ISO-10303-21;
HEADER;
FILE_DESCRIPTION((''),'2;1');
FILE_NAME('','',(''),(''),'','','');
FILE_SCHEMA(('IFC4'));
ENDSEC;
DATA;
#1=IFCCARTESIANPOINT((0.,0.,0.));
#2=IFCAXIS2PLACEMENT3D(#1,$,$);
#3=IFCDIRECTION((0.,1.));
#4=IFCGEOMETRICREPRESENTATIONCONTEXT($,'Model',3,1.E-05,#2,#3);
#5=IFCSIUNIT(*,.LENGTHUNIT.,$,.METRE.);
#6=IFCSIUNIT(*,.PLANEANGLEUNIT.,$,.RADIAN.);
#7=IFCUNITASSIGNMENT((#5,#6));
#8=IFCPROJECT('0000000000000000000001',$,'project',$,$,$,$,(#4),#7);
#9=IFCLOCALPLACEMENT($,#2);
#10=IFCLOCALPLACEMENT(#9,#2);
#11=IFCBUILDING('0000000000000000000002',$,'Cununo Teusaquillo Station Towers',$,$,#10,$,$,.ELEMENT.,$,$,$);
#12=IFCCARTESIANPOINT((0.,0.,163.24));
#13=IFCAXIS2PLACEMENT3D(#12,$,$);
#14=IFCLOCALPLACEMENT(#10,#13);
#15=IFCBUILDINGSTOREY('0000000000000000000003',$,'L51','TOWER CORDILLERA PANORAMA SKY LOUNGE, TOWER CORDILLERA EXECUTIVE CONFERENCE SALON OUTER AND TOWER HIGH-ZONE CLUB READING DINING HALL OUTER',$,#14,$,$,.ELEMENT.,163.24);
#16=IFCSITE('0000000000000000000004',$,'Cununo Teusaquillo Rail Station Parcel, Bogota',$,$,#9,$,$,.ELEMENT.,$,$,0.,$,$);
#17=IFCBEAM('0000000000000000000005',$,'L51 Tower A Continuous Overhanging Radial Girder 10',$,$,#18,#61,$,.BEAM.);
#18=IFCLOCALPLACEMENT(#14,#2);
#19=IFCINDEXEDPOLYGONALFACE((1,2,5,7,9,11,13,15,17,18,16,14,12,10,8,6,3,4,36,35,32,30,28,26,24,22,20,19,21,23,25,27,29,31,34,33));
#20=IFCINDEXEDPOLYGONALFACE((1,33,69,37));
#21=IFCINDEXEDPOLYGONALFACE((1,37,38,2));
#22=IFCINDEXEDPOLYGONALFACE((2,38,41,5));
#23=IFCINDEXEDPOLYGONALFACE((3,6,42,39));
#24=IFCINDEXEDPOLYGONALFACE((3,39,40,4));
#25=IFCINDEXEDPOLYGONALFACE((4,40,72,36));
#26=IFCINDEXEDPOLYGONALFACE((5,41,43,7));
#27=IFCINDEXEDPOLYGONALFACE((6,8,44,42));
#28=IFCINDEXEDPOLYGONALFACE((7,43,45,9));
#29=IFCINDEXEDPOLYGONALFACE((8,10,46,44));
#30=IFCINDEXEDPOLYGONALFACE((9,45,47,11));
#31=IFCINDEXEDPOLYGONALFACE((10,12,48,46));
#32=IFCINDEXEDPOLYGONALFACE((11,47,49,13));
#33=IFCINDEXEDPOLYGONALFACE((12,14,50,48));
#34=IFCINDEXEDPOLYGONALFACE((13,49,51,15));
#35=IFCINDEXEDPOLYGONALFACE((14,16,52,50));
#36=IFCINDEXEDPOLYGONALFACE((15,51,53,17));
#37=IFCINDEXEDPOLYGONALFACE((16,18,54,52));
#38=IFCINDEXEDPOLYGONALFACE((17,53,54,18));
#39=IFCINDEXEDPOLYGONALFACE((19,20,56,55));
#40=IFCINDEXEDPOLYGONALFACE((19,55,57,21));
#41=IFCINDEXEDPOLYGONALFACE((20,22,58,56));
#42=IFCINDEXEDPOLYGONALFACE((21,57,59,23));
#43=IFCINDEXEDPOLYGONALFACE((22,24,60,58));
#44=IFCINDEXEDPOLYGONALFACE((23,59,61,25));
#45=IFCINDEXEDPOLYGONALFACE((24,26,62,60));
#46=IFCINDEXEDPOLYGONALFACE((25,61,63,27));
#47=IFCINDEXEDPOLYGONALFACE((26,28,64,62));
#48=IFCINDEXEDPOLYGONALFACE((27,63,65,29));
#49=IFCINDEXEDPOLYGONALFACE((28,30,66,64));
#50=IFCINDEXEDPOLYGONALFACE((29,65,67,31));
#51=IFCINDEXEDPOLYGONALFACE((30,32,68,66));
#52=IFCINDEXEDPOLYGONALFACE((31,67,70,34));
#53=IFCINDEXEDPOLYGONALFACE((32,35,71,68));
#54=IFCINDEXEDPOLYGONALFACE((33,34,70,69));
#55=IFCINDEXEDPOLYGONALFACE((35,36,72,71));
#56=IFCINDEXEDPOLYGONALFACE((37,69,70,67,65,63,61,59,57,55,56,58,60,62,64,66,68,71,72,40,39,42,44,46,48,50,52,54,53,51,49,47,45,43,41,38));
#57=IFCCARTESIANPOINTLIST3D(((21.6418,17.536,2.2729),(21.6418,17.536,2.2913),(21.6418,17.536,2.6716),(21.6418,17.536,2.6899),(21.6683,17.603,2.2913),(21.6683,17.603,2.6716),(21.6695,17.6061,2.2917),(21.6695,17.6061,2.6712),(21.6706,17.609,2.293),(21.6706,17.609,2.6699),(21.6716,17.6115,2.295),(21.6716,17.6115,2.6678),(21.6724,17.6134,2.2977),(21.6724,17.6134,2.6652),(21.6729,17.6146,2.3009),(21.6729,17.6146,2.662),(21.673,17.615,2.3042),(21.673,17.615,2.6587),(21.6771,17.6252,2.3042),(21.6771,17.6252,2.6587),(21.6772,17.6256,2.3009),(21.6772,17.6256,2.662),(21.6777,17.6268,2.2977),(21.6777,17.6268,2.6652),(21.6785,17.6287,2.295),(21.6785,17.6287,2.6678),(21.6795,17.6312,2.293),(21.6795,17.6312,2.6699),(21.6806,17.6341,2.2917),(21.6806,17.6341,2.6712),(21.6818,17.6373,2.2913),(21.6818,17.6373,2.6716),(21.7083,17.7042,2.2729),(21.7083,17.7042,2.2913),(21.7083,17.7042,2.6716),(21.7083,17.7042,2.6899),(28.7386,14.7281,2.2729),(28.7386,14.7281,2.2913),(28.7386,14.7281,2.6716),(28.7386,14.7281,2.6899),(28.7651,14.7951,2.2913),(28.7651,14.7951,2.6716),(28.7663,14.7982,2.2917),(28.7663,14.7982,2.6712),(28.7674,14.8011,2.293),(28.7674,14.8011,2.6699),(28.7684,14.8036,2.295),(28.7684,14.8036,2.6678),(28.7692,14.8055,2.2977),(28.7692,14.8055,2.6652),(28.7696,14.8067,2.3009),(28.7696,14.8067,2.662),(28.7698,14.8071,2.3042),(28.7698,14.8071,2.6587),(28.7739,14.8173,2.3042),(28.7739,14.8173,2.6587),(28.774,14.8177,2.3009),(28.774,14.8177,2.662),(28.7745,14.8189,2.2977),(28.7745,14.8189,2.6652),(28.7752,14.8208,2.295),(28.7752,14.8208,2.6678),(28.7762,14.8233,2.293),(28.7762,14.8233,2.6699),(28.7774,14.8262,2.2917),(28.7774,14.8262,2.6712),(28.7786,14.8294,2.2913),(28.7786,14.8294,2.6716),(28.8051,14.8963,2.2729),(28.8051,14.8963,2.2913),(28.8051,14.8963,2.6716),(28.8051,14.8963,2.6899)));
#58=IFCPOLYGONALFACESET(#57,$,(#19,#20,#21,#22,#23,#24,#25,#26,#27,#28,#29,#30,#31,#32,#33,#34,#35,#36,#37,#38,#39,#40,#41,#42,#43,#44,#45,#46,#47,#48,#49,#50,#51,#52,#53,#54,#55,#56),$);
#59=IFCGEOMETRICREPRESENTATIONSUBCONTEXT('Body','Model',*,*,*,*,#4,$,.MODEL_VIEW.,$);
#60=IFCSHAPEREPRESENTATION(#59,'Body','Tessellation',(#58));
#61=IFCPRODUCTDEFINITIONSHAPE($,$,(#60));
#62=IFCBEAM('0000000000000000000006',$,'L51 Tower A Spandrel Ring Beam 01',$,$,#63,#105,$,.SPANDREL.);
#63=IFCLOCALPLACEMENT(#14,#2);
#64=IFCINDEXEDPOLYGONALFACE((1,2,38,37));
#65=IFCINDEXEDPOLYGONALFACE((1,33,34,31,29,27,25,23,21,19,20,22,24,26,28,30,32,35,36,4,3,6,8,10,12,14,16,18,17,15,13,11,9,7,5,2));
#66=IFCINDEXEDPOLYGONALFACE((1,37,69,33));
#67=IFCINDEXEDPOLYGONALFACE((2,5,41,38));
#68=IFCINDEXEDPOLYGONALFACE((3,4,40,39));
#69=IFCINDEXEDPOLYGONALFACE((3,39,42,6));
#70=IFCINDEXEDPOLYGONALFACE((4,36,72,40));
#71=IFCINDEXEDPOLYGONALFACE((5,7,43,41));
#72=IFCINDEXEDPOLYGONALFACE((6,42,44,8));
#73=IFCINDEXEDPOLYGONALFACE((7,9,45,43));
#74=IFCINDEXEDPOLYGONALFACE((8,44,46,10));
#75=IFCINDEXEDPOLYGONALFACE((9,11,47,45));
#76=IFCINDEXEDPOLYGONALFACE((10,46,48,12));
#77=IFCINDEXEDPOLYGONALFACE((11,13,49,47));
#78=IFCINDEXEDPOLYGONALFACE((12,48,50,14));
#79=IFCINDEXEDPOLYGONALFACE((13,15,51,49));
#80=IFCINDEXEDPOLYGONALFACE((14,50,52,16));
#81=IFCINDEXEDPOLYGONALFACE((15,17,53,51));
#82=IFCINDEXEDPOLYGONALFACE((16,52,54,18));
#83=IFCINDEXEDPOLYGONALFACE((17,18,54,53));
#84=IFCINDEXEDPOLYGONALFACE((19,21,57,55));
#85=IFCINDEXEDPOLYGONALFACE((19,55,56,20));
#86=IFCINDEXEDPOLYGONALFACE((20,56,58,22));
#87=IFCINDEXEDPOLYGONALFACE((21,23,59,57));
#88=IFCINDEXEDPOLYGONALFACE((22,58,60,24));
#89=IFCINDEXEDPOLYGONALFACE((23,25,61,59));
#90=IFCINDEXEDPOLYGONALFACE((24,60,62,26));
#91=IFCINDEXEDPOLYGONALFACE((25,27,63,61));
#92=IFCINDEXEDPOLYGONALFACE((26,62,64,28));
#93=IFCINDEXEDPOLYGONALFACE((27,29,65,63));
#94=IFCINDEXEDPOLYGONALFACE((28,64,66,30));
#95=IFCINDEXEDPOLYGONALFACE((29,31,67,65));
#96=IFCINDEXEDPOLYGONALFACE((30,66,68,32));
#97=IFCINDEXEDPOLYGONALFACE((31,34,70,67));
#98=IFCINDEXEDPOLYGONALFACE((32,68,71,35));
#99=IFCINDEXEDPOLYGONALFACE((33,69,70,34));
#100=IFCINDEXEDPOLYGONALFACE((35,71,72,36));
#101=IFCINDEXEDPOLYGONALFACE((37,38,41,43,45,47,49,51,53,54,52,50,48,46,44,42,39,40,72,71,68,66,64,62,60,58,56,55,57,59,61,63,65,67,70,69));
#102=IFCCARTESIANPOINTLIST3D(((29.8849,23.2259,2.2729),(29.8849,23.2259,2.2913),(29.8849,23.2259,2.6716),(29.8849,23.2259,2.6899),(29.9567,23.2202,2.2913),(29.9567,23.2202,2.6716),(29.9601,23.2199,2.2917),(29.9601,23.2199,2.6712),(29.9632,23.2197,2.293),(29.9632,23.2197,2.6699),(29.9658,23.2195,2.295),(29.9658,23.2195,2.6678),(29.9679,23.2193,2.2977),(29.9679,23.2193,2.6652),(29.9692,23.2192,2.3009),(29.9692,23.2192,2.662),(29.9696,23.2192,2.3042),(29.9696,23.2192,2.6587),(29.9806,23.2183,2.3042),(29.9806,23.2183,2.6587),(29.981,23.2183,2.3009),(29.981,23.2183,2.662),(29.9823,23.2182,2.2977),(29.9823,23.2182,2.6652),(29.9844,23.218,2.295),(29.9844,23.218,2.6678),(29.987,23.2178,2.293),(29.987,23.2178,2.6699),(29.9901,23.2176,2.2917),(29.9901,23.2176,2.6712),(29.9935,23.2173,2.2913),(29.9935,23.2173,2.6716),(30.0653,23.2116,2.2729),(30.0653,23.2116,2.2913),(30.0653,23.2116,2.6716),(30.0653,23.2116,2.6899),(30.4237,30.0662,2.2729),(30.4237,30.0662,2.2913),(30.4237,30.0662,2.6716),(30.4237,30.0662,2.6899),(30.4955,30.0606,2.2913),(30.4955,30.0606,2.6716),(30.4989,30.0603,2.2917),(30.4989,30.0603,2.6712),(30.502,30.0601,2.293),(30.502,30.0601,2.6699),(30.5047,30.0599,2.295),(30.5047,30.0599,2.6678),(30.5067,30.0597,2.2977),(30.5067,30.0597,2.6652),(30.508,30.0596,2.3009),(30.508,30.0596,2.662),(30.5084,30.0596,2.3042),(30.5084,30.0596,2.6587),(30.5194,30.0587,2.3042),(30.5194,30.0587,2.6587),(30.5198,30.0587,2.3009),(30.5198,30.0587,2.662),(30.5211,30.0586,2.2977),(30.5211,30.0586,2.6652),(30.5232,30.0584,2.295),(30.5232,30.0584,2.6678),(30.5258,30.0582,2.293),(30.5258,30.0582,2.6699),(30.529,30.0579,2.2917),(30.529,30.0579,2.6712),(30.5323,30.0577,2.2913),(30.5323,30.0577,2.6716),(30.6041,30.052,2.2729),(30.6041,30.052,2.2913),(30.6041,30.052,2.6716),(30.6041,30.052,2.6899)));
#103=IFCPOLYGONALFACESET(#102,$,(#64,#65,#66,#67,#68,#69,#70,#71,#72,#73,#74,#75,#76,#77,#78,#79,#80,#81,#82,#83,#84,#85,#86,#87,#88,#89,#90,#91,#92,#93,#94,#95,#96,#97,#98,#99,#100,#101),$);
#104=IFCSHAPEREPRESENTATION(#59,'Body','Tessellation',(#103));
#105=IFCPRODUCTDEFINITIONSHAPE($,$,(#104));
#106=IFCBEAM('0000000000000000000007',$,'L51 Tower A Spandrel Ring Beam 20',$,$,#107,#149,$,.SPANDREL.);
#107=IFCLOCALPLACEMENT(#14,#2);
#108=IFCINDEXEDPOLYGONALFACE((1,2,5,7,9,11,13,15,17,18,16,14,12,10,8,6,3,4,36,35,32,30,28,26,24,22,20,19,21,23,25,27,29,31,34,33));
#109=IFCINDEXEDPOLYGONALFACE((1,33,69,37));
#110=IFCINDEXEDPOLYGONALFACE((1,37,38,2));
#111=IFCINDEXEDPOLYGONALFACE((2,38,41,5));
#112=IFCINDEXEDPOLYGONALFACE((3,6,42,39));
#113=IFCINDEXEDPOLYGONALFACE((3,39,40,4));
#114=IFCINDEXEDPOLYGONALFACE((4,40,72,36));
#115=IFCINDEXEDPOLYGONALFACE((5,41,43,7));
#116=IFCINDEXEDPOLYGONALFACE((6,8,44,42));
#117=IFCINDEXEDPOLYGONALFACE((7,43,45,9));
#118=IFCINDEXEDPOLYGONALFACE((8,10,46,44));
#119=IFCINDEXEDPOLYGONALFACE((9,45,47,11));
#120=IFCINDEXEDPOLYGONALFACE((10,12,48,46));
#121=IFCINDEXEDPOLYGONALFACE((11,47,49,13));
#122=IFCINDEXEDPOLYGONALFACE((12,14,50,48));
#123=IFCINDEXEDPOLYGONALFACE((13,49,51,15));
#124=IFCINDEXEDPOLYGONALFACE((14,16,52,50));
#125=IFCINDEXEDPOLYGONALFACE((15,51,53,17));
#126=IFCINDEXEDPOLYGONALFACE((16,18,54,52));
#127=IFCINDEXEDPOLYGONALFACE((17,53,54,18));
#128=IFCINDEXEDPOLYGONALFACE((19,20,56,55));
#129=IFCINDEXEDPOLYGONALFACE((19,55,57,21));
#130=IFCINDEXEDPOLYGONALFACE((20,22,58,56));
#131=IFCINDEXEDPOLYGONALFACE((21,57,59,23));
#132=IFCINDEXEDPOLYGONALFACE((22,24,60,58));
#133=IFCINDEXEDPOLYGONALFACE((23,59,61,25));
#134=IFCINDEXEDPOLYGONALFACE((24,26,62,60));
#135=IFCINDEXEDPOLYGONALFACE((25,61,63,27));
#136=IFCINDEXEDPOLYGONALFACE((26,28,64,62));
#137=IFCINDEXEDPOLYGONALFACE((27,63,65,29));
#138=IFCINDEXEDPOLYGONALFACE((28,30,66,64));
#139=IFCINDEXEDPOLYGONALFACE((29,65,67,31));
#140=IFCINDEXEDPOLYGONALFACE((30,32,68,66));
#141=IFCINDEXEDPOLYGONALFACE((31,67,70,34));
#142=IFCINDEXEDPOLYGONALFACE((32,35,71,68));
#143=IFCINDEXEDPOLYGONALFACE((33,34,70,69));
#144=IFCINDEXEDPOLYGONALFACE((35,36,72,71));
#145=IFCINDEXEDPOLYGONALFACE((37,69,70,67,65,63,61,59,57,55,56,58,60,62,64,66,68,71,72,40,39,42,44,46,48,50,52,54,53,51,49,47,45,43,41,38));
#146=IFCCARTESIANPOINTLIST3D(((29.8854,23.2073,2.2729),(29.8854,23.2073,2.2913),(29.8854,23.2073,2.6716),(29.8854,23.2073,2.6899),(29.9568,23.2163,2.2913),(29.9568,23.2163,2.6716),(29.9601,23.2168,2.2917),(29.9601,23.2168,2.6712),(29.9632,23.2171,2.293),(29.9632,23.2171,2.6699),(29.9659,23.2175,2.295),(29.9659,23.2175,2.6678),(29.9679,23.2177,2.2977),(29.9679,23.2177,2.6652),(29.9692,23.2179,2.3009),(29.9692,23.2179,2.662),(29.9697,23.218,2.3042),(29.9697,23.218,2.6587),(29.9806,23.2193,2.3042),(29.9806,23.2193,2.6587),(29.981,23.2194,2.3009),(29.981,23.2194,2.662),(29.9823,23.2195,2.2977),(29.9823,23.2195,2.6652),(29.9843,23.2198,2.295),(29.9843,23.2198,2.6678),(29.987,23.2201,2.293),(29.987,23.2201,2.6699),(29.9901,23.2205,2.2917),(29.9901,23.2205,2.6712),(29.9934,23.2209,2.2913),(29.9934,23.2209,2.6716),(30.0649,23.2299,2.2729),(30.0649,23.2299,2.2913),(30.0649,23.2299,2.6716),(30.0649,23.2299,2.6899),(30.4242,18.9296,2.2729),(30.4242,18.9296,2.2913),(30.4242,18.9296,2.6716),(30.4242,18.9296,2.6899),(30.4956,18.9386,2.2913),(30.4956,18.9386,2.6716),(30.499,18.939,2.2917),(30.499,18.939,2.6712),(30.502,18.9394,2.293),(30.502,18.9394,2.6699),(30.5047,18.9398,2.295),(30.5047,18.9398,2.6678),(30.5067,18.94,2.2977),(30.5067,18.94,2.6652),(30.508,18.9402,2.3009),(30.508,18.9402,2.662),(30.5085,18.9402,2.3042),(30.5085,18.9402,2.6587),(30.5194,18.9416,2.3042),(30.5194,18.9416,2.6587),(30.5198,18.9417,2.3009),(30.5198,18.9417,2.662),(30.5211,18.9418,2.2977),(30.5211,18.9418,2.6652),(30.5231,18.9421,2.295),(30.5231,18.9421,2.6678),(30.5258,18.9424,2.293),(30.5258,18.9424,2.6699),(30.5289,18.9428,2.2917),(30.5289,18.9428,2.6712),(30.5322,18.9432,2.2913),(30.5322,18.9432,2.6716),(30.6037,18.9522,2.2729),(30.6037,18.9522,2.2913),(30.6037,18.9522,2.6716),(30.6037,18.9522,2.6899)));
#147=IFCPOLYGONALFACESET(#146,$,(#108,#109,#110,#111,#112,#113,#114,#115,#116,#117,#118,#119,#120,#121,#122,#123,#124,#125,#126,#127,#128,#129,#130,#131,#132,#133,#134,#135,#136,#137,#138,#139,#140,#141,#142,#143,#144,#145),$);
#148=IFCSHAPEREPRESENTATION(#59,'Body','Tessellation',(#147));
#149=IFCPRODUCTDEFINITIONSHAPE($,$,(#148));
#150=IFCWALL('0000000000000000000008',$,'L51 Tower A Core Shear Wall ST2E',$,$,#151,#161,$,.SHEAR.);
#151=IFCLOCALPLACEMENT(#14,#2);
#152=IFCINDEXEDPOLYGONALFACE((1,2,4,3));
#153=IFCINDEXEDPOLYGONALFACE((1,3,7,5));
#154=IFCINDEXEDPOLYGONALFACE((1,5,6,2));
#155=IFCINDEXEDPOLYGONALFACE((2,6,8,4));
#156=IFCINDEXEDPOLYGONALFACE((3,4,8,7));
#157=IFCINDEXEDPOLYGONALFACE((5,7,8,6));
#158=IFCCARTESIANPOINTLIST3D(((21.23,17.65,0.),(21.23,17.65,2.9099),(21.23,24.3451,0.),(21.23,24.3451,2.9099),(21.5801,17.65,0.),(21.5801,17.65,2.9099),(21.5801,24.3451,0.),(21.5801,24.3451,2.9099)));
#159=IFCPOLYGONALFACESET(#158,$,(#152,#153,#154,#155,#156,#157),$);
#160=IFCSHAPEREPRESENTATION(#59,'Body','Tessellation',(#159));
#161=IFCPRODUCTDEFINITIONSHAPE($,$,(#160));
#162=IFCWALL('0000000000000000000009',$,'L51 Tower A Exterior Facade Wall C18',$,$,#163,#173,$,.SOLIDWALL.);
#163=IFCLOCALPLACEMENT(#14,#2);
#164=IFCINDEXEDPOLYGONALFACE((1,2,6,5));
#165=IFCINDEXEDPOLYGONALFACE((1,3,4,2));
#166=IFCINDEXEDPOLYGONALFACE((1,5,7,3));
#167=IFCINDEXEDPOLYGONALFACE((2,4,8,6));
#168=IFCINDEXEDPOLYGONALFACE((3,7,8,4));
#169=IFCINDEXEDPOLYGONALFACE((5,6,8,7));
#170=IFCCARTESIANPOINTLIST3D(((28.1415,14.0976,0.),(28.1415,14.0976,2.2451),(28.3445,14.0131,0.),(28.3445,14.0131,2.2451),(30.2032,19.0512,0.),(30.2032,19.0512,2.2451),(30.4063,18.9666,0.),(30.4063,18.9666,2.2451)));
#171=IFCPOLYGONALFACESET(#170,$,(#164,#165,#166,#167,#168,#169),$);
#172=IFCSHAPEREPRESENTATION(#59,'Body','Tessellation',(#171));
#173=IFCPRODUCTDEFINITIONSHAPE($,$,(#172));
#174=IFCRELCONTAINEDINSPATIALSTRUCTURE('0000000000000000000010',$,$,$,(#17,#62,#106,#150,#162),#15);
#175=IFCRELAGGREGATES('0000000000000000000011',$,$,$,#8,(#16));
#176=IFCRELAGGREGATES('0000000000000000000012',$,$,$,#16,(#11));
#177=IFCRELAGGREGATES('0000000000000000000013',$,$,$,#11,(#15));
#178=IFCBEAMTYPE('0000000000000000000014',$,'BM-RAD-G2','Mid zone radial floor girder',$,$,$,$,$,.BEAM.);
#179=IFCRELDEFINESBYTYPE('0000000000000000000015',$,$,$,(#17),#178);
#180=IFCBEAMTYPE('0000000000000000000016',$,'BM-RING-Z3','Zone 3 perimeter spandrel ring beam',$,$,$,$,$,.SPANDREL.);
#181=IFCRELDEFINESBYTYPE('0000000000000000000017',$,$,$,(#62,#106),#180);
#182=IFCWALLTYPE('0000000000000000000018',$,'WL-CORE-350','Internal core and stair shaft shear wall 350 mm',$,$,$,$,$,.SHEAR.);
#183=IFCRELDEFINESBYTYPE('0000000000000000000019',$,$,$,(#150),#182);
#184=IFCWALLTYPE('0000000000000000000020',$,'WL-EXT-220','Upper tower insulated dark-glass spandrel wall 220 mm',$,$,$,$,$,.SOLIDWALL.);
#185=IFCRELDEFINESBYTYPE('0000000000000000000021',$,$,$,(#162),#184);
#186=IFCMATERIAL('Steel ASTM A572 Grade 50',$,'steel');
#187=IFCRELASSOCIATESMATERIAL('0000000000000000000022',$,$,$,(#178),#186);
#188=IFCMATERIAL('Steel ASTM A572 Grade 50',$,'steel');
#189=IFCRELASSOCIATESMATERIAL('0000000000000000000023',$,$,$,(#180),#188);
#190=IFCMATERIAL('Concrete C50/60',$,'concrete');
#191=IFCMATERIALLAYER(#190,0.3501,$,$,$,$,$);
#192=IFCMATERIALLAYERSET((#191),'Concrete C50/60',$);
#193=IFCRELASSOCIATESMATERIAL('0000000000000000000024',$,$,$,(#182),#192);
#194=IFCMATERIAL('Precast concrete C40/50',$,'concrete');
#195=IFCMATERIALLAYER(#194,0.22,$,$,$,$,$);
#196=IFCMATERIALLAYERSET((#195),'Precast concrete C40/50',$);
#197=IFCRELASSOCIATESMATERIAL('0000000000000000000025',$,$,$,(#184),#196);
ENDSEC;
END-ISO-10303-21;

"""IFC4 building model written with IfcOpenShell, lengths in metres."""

from ifc_helpers import new_model, si_unit, direction, frame, frame_2d, origin, origin_2d, place, context, subcontext, project, spatial, rectangle, i_section, extrude, material, layer, layer_set, material_profile, profile_set, type_object, element, save


model = new_model("IFC4")

# Units and contexts
model_context = context("Model", 3, precision=1e-05, world=origin(), true_north=direction((0.0, 1.0)))
body_context = subcontext(model_context, "Body", "Model", "MODEL_VIEW")
ifc_project = project(units=[si_unit("LENGTHUNIT", "METRE"), si_unit("PLANEANGLEUNIT", "RADIAN")], contexts=[model_context])

# Site, building, storey
site_placement = place(None, origin())
site = spatial("IfcSite", under=ifc_project, at=site_placement, Name="Cununo Teusaquillo Rail Station Parcel, Bogota", CompositionType="ELEMENT", RefElevation=0.0)
building_placement = place(site_placement, origin())
building = spatial("IfcBuilding", under=site, at=building_placement, Name="Cununo Teusaquillo Station Towers", CompositionType="ELEMENT")
storey_placement = place(building_placement, frame((0.0, 0.0, 163.24)))
storey = spatial("IfcBuildingStorey", under=building, at=storey_placement, Name="L51", Description="TOWER CORDILLERA PANORAMA SKY LOUNGE, TOWER CORDILLERA EXECUTIVE CONFERENCE SALON OUTER AND TOWER HIGH-ZONE CLUB READING DINING HALL OUTER", CompositionType="ELEMENT", Elevation=163.24)

# Beams
ifc_material_1 = material(Name="Steel ASTM A572 Grade 50", Category="steel")
ifc_material_profile_1 = material_profile(ifc_material_1, i_section(OverallWidth=0.1809, OverallDepth=0.417, WebThickness=0.011, FlangeThickness=0.0183, FilletRadius=0.0129, at=origin_2d()), Name="W16X57")
ifc_profile_set_1 = profile_set([ifc_material_profile_1], Name="Steel ASTM A572 Grade 50")
beam_type_1 = type_object("IfcBeamType", Name="BM-RAD-G2", Description="Mid zone radial floor girder", PredefinedType="BEAM", material=ifc_profile_set_1)
beam_1_placement = place(storey_placement, frame((21.675, 17.6201, 2.4814), z_axis=(0.929862, -0.367908, 0.0), x_axis=(0.367908, 0.929862, 0.0)))
element("IfcBeam", 1, at=beam_1_placement, inside=storey, type_object=beam_type_1, Name="L51 Tower A Continuous Overhanging Radial Girder 10", PredefinedType="BEAM", context=body_context, shape_type="SweptSolid", body=[
    extrude(i_section(OverallWidth=0.1809, OverallDepth=0.417, WebThickness=0.011, FlangeThickness=0.0183, FilletRadius=0.0129, at=origin_2d()), origin(), (0.0, 0.0, 1.0), 7.6321),
])
ifc_material_2 = material(Name="Steel ASTM A572 Grade 50", Category="steel")
ifc_material_profile_2 = material_profile(ifc_material_2, i_section(OverallWidth=0.1809, OverallDepth=0.417, WebThickness=0.011, FlangeThickness=0.0183, FilletRadius=0.0129, at=origin_2d()), Name="W16X57")
ifc_profile_set_2 = profile_set([ifc_material_profile_2], Name="Steel ASTM A572 Grade 50")
beam_type_2 = type_object("IfcBeamType", Name="BM-RING-Z3", Description="Zone 3 perimeter spandrel ring beam", PredefinedType="SPANDREL", material=ifc_profile_set_2)
beam_2_placement = place(storey_placement, frame((29.9751, 23.2188, 2.4814), z_axis=(0.078528, 0.996912, 0.0), x_axis=(-0.996912, 0.078528, 0.0)))
element("IfcBeam", 2, at=beam_2_placement, inside=storey, type_object=beam_type_2, Name="L51 Tower A Spandrel Ring Beam 01", PredefinedType="SPANDREL", context=body_context, shape_type="SweptSolid", body=[
    extrude(i_section(OverallWidth=0.1809, OverallDepth=0.417, WebThickness=0.011, FlangeThickness=0.0183, FilletRadius=0.0129, at=origin_2d()), origin(), (0.0, 0.0, 1.0), 6.8616),
])
beam_3_placement = place(storey_placement, frame((30.5139, 18.9409, 2.4814), z_axis=(-0.124969, 0.992161, 0.0), x_axis=(-0.992161, -0.124969, 0.0)))
element("IfcBeam", 3, at=beam_3_placement, inside=storey, type_object=beam_type_2, Name="L51 Tower A Spandrel Ring Beam 20", PredefinedType="SPANDREL", context=body_context, shape_type="SweptSolid", body=[
    extrude(i_section(OverallWidth=0.1809, OverallDepth=0.417, WebThickness=0.011, FlangeThickness=0.0183, FilletRadius=0.0129, at=origin_2d()), origin(), (0.0, 0.0, 1.0), 4.3115),
])

# Walls
ifc_material_3 = material(Name="Concrete C50/60", Category="concrete")
ifc_layer_1 = layer(ifc_material_3, 0.3501)
ifc_layer_set_1 = layer_set([ifc_layer_1], Name="Concrete C50/60")
wall_type_1 = type_object("IfcWallType", Name="WL-CORE-350", Description="Internal core and stair shaft shear wall 350 mm", PredefinedType="SHEAR", material=ifc_layer_set_1)
wall_1_placement = place(storey_placement, frame((21.405, 17.6499, 0.0), z_axis=(0.0, 0.0, 1.0), x_axis=(0.0, 1.0, 0.0)))
element("IfcWall", 4, at=wall_1_placement, inside=storey, type_object=wall_type_1, Name="L51 Tower A Core Shear Wall ST2E", PredefinedType="SHEAR", context=body_context, shape_type="SweptSolid", body=[
    extrude(rectangle(XDim=6.6951, YDim=0.3501, at=frame_2d((3.3477, 0.0))), origin(), (0.0, 0.0, 1.0), 2.9099),
])
ifc_material_4 = material(Name="Precast concrete C40/50", Category="concrete")
ifc_layer_2 = layer(ifc_material_4, 0.22)
ifc_layer_set_2 = layer_set([ifc_layer_2], Name="Precast concrete C40/50")
wall_type_2 = type_object("IfcWallType", Name="WL-EXT-220", Description="Upper tower insulated dark-glass spandrel wall 220 mm", PredefinedType="SOLIDWALL", material=ifc_layer_set_2)
wall_2_placement = place(storey_placement, frame((30.3047, 19.0088, 0.0), z_axis=(0.0, 0.0, 1.0), x_axis=(-0.38426, -0.923225, 0.0)))
element("IfcWall", 5, at=wall_2_placement, inside=storey, type_object=wall_type_2, Name="L51 Tower A Exterior Facade Wall C18", PredefinedType="SOLIDWALL", context=body_context, shape_type="SweptSolid", body=[
    extrude(rectangle(XDim=5.3655, YDim=0.22, at=frame_2d((2.6826, 0.0))), origin(), (0.0, 0.0, 1.0), 2.2451),
])

save(model, "model.ifc")
